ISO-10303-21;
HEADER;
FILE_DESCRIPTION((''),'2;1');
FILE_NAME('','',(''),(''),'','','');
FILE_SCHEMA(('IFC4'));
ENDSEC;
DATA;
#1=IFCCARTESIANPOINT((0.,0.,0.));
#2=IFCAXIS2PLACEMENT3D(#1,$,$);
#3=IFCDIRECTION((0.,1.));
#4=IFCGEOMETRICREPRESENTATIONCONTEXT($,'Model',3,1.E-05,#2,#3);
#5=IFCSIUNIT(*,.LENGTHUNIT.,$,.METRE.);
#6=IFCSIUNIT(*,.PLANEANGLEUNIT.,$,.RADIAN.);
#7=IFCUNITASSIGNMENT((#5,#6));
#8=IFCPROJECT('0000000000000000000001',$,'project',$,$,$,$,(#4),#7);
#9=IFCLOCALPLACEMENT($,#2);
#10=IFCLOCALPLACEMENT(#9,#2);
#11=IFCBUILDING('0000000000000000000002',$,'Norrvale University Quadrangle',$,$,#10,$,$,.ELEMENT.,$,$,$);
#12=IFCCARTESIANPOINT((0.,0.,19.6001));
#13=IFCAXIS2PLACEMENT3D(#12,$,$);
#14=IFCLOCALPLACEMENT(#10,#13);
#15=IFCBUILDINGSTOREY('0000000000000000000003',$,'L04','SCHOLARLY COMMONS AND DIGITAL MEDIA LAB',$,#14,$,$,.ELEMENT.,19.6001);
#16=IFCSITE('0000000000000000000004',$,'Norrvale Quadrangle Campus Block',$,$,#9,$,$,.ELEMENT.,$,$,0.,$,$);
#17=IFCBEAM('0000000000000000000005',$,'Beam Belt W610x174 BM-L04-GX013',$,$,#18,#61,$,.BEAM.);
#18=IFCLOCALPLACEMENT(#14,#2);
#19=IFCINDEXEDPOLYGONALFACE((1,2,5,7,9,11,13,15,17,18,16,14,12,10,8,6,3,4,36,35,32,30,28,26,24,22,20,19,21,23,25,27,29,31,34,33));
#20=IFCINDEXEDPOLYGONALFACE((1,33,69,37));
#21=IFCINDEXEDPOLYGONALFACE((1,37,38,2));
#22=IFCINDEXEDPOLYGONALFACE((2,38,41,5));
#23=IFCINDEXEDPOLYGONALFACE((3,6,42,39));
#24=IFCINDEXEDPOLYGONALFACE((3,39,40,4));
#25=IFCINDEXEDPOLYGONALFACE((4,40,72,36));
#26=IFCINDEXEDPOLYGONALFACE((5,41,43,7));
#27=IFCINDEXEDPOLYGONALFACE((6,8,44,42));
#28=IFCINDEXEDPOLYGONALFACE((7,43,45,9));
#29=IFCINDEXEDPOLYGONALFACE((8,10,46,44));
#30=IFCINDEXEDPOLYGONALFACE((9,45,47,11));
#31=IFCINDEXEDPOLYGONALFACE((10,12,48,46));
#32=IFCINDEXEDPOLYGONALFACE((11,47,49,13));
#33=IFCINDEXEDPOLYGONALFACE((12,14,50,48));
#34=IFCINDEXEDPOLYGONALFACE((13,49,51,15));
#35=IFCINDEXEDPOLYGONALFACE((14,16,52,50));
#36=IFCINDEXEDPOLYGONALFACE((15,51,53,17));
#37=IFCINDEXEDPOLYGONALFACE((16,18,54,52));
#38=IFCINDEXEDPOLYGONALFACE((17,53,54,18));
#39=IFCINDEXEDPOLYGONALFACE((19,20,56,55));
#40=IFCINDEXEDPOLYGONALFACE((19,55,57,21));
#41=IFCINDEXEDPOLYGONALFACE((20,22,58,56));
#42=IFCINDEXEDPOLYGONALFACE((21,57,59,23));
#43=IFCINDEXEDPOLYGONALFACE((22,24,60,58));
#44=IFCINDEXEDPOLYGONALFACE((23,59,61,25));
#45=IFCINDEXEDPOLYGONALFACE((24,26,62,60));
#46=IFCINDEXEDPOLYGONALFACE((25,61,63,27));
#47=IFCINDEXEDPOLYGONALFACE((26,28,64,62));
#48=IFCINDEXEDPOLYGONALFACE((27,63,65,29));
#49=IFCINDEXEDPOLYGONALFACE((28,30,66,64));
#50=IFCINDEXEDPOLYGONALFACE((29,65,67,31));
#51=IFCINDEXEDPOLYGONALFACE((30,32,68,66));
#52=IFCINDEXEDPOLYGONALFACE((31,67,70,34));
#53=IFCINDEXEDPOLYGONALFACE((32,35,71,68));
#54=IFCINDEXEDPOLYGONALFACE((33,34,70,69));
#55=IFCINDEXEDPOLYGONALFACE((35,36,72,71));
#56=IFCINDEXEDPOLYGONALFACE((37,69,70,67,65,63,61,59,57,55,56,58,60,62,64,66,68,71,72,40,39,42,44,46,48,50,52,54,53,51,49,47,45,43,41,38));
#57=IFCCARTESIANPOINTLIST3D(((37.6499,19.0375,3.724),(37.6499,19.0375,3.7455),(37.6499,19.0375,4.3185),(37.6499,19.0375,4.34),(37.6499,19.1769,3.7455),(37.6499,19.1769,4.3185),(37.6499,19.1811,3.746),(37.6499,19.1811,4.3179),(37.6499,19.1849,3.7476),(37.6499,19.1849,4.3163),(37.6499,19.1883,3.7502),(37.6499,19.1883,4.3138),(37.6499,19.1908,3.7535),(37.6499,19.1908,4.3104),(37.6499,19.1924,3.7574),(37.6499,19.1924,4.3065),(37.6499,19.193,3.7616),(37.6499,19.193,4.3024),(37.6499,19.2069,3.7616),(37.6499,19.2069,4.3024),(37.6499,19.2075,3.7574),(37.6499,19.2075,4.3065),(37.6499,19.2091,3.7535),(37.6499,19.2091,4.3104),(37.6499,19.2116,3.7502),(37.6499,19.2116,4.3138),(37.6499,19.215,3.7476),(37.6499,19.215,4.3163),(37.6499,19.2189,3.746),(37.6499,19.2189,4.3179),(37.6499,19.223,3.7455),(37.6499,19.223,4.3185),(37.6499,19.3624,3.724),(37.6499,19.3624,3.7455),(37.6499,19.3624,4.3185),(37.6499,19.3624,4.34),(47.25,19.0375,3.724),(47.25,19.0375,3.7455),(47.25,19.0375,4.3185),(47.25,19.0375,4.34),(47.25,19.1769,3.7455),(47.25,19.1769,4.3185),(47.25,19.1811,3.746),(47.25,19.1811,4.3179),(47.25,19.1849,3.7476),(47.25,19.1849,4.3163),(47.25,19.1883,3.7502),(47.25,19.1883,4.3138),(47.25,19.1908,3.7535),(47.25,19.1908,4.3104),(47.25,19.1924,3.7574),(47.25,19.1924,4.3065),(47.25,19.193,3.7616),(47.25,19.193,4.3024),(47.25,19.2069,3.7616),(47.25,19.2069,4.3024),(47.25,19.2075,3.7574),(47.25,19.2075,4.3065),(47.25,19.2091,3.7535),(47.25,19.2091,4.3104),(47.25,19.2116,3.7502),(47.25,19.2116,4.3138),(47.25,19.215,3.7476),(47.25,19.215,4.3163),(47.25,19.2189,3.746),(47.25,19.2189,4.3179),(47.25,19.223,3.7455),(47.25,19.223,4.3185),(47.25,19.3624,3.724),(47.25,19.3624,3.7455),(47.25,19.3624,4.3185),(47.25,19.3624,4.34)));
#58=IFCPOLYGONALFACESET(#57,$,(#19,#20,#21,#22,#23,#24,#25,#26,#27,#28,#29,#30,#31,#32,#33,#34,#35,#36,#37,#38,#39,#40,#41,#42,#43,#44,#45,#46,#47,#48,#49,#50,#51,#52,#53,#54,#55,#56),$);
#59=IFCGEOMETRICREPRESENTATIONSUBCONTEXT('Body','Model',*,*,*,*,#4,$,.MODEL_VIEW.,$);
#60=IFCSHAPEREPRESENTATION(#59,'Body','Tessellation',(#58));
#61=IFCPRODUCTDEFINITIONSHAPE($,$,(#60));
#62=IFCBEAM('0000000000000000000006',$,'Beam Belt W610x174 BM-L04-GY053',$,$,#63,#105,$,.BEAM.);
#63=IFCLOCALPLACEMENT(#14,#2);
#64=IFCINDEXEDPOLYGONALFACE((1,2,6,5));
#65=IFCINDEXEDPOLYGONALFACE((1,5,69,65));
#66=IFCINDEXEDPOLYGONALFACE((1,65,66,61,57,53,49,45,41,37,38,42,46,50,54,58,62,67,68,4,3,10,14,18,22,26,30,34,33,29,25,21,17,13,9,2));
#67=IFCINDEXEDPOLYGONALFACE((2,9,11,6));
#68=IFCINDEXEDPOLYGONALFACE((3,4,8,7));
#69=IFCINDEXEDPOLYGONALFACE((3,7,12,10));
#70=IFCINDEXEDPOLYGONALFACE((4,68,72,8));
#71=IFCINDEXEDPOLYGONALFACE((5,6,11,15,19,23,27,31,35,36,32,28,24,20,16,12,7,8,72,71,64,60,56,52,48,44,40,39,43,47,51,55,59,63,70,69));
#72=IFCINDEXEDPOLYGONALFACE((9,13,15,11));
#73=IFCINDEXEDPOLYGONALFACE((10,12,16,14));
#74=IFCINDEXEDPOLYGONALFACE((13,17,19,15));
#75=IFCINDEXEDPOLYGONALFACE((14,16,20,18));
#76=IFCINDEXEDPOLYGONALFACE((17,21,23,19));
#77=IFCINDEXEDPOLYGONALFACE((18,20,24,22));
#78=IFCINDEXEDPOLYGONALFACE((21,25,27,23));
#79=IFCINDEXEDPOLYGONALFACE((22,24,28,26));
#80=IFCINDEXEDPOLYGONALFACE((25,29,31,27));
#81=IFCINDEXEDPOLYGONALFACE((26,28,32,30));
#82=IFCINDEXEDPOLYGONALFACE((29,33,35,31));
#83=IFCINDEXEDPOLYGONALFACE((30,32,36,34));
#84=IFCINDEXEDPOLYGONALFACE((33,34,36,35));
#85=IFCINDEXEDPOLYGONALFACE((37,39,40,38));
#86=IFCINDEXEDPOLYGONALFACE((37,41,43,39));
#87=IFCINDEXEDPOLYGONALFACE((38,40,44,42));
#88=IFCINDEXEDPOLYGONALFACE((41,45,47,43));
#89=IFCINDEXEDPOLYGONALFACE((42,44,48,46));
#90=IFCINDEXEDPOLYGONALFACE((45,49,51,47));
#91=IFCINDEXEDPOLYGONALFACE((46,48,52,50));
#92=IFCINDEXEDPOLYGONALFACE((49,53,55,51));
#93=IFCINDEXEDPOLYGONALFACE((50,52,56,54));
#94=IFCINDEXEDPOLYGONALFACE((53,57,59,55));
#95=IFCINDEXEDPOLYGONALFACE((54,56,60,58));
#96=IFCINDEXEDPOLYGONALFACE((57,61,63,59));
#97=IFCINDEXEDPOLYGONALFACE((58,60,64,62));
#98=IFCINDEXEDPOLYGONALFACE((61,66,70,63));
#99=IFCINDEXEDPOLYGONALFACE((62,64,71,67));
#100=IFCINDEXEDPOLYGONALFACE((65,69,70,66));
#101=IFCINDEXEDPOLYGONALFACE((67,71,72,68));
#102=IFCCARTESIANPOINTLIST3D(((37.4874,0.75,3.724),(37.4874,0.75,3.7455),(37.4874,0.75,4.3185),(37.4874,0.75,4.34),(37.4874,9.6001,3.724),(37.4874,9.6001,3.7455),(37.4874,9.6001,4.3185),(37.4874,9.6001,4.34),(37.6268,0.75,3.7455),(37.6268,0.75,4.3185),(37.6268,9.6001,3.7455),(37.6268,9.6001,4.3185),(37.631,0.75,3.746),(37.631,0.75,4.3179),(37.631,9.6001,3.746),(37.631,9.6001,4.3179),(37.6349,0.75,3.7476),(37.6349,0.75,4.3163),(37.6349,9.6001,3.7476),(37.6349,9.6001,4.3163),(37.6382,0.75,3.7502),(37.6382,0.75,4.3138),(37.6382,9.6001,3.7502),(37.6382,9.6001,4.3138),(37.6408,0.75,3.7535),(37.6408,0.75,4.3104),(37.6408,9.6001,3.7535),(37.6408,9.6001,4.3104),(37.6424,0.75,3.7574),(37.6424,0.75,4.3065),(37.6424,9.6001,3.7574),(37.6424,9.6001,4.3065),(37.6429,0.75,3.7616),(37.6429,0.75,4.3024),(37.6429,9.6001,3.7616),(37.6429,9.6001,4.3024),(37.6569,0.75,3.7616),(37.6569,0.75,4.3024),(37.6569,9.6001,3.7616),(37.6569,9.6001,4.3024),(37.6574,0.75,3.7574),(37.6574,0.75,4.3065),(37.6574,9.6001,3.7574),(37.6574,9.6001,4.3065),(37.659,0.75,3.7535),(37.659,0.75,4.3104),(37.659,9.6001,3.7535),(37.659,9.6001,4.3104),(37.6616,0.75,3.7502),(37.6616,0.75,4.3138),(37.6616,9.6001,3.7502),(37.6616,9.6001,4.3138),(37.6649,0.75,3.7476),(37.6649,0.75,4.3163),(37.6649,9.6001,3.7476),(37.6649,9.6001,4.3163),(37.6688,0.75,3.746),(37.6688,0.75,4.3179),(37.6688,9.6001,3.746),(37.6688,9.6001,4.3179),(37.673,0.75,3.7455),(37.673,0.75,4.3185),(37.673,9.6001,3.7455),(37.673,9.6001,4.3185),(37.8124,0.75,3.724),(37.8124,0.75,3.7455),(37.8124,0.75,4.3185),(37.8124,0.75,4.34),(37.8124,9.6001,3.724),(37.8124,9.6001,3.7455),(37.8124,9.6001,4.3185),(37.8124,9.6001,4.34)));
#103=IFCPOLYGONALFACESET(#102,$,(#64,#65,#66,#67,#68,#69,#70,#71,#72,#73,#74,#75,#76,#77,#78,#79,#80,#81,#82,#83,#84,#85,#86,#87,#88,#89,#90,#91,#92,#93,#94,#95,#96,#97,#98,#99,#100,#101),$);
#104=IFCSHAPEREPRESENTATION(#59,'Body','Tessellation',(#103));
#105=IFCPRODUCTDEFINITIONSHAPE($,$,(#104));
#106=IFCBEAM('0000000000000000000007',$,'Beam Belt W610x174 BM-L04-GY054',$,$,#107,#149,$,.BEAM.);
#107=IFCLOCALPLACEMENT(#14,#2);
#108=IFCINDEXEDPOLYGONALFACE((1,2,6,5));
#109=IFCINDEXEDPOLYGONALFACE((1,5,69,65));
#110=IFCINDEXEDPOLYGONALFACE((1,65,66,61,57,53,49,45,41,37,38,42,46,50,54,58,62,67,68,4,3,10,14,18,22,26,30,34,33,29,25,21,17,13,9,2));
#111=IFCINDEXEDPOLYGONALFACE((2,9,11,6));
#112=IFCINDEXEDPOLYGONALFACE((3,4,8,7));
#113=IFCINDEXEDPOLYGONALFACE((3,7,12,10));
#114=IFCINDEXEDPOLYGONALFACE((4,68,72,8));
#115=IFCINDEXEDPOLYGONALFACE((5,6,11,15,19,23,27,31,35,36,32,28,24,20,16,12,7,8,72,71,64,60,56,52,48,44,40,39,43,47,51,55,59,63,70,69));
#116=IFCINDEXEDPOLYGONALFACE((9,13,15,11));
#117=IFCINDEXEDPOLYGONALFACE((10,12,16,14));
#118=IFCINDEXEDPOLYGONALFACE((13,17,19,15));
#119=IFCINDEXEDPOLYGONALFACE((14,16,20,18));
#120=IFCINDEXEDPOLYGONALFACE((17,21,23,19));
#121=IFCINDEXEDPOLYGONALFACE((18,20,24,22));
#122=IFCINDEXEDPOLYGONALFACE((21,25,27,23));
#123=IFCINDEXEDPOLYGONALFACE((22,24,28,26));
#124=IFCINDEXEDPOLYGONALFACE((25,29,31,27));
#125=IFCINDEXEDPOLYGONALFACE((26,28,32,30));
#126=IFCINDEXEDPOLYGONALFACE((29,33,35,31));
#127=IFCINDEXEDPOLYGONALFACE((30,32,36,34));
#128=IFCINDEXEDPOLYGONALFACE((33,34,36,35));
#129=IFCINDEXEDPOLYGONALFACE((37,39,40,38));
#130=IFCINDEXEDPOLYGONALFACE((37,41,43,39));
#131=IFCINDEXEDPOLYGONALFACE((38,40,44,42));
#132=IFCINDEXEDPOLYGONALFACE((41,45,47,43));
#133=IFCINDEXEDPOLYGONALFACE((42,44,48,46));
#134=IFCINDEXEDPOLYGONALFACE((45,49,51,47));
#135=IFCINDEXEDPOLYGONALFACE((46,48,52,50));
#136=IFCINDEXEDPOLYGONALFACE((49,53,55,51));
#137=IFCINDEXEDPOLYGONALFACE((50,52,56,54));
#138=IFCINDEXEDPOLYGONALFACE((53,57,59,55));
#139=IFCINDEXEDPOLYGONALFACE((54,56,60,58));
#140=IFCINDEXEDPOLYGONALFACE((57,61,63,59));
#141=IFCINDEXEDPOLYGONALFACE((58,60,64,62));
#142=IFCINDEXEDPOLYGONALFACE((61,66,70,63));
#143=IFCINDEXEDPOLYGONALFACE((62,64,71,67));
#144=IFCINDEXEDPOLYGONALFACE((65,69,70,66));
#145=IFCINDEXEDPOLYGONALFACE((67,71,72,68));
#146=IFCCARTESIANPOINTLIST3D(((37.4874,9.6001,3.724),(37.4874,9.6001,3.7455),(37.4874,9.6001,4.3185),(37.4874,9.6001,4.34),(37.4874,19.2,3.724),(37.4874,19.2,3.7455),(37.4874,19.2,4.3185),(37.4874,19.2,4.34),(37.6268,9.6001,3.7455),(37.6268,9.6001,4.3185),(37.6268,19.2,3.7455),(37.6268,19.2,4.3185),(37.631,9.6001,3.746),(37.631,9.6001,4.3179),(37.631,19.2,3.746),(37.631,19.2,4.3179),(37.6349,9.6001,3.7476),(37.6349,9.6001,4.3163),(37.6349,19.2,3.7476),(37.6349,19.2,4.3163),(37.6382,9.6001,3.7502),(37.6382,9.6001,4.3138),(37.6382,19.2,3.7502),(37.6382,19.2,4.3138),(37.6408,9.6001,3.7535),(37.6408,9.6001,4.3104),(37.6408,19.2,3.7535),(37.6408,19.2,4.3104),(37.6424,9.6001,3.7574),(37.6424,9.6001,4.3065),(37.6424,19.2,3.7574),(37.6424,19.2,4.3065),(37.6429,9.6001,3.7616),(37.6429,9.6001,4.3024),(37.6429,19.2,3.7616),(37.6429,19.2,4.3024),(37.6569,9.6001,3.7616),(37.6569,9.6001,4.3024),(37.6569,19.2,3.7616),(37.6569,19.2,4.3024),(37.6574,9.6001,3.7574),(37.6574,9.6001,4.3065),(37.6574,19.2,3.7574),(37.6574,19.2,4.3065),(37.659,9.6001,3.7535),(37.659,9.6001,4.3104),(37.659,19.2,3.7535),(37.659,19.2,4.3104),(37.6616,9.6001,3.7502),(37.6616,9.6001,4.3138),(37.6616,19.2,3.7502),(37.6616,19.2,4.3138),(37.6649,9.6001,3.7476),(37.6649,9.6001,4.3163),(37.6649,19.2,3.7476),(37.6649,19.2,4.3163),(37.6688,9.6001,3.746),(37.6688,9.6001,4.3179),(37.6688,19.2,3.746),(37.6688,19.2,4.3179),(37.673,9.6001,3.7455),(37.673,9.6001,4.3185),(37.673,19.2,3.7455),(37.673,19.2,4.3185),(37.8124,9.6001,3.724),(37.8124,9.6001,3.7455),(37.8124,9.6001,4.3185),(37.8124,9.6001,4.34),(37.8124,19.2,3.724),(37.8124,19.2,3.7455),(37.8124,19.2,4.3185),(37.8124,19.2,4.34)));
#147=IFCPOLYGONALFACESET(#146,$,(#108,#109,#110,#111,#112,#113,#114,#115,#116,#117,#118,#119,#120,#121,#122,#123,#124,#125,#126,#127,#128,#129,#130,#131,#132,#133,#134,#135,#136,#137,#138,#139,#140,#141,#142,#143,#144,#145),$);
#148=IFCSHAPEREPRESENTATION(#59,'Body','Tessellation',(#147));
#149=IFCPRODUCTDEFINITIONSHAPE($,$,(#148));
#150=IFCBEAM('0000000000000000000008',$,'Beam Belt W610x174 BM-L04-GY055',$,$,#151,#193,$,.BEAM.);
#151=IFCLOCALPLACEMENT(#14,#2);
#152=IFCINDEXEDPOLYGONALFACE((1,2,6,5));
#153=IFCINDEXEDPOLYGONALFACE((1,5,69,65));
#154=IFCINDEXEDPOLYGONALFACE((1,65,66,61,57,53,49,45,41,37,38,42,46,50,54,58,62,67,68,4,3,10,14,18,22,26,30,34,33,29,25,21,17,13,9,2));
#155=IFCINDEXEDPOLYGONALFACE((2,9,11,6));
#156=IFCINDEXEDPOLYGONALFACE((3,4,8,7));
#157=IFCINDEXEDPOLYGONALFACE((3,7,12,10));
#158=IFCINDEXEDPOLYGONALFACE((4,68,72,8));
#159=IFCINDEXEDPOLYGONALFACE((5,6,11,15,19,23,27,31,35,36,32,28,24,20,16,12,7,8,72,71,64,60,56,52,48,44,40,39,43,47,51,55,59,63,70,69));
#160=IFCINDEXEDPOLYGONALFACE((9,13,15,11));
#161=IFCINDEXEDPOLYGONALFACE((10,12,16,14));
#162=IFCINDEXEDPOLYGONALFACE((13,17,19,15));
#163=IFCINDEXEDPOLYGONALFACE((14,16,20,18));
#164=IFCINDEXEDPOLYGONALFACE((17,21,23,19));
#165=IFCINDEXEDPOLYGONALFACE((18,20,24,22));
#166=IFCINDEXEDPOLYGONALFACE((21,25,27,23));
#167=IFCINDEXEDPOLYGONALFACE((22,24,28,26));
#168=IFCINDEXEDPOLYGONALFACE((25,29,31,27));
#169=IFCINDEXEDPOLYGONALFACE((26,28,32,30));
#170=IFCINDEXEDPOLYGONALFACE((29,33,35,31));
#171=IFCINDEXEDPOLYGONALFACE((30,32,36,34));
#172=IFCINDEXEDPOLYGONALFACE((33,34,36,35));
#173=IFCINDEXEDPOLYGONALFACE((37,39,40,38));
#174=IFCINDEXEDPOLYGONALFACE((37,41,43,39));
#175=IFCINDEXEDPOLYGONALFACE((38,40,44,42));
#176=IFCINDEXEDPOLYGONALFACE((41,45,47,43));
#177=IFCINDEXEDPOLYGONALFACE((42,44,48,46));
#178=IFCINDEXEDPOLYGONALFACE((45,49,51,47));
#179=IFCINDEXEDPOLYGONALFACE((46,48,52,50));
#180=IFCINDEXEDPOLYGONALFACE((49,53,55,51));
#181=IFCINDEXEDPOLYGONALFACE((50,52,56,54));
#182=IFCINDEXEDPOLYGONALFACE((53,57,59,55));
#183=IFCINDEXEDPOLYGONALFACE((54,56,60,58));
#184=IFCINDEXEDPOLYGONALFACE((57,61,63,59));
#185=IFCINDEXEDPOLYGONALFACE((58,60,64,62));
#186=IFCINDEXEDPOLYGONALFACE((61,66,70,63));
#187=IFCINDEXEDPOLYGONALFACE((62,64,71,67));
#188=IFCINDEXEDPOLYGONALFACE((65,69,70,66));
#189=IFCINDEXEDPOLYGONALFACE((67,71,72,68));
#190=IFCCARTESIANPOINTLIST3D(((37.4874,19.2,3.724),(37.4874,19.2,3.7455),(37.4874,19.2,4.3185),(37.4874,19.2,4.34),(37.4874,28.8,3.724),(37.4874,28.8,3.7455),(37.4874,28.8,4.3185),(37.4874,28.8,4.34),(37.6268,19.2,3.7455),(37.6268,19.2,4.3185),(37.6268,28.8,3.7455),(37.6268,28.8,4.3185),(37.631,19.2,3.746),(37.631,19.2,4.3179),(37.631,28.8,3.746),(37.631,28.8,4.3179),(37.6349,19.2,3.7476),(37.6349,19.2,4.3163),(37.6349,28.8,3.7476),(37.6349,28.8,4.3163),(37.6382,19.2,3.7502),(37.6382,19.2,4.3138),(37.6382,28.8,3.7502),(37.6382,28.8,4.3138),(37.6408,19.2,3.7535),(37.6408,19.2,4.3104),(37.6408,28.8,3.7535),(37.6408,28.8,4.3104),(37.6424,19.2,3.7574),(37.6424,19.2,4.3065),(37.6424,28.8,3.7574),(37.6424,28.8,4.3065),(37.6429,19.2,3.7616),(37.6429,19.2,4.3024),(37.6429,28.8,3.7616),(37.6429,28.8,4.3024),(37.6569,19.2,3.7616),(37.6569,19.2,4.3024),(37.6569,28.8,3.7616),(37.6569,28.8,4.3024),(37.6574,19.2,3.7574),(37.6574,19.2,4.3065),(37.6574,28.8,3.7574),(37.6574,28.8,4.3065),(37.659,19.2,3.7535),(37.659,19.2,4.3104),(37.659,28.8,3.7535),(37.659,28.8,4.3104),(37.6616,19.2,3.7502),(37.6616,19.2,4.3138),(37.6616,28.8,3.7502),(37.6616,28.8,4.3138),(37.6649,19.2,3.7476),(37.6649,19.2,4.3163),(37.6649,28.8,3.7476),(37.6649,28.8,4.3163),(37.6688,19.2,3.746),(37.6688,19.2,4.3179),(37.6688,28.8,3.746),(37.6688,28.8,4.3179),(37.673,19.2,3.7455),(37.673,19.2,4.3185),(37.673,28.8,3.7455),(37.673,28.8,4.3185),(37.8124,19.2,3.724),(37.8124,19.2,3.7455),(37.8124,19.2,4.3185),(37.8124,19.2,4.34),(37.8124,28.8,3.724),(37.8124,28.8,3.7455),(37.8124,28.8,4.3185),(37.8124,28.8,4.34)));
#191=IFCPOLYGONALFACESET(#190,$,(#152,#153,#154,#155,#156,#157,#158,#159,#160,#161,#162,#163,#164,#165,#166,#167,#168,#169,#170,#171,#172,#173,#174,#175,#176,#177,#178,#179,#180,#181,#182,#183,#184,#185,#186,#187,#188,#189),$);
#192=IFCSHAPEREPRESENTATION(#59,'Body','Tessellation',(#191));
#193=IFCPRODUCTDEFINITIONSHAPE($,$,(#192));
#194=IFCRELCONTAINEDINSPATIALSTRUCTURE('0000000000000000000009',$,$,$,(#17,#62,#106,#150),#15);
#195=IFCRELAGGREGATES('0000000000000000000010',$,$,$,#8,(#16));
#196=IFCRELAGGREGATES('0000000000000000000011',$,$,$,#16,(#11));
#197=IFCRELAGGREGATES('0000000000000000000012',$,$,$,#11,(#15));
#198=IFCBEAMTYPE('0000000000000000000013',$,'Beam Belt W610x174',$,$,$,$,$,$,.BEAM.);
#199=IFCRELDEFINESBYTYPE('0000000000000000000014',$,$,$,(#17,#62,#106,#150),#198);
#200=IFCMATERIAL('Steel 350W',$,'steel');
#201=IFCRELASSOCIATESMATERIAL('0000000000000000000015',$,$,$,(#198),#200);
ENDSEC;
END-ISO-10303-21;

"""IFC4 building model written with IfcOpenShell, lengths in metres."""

from ifc_helpers import new_model, si_unit, direction, frame, origin, origin_2d, place, context, subcontext, project, spatial, i_section, extrude, material, material_profile, profile_set, type_object, element, save


model = new_model("IFC4")

# Units and contexts
model_context = context("Model", 3, precision=1e-05, world=origin(), true_north=direction((0.0, 1.0)))
body_context = subcontext(model_context, "Body", "Model", "MODEL_VIEW")
ifc_project = project(units=[si_unit("LENGTHUNIT", "METRE"), si_unit("PLANEANGLEUNIT", "RADIAN")], contexts=[model_context])

# Site, building, storey
site_placement = place(None, origin())
site = spatial("IfcSite", under=ifc_project, at=site_placement, Name="Norrvale Quadrangle Campus Block", CompositionType="ELEMENT", RefElevation=0.0)
building_placement = place(site_placement, origin())
building = spatial("IfcBuilding", under=site, at=building_placement, Name="Norrvale University Quadrangle", CompositionType="ELEMENT")
storey_placement = place(building_placement, frame((0.0, 0.0, 19.6001)))
storey = spatial("IfcBuildingStorey", under=building, at=storey_placement, Name="L04", Description="SCHOLARLY COMMONS AND DIGITAL MEDIA LAB", CompositionType="ELEMENT", Elevation=19.6001)

# Beams
ifc_material_1 = material(Name="Steel 350W", Category="steel")
ifc_material_profile_1 = material_profile(ifc_material_1, i_section(OverallWidth=0.325, OverallDepth=0.616, WebThickness=0.0139, FlangeThickness=0.0215, FilletRadius=0.0161, at=origin_2d()), Name="Steel 350W")
ifc_profile_set_1 = profile_set([ifc_material_profile_1], Name="Steel 350W")
beam_type_1 = type_object("IfcBeamType", Name="Beam Belt W610x174", PredefinedType="BEAM", material=ifc_profile_set_1)
for number, where, z_axis, x_axis, name in (
    (1, (37.6499, 19.2, 4.032), (1.0, 0.0, 0.0), (0.0, 1.0, 0.0), "Beam Belt W610x174 BM-L04-GX013"),
):
    element("IfcBeam", number, at=place(storey_placement, frame(where, z_axis=z_axis, x_axis=x_axis)), inside=storey, type_object=beam_type_1, Name=name, PredefinedType="BEAM", context=body_context, shape_type="SweptSolid", body=[
        extrude(i_section(OverallWidth=0.325, OverallDepth=0.616, WebThickness=0.0139, FlangeThickness=0.0215, FilletRadius=0.0161, at=origin_2d()), origin(), (0.0, 0.0, 1.0), 9.6001),
    ])
beam_1_placement = place(storey_placement, frame((37.6499, 0.75, 4.032), z_axis=(0.0, 1.0, 0.0), x_axis=(-1.0, 0.0, 0.0)))
element("IfcBeam", 2, at=beam_1_placement, inside=storey, type_object=beam_type_1, Name="Beam Belt W610x174 BM-L04-GY053", PredefinedType="BEAM", context=body_context, shape_type="SweptSolid", body=[
    extrude(i_section(OverallWidth=0.325, OverallDepth=0.616, WebThickness=0.0139, FlangeThickness=0.0215, FilletRadius=0.0161, at=origin_2d()), origin(), (0.0, 0.0, 1.0), 8.8501),
])
beam_2_placement = place(storey_placement, frame((37.6499, 9.6001, 4.032), z_axis=(0.0, 1.0, 0.0), x_axis=(-1.0, 0.0, 0.0)))
element("IfcBeam", 3, at=beam_2_placement, inside=storey, type_object=beam_type_1, Name="Beam Belt W610x174 BM-L04-GY054", PredefinedType="BEAM", context=body_context, shape_type="SweptSolid", body=[
    extrude(i_section(OverallWidth=0.325, OverallDepth=0.616, WebThickness=0.0139, FlangeThickness=0.0215, FilletRadius=0.0161, at=origin_2d()), origin(), (0.0, 0.0, 1.0), 9.5999),
])
beam_3_placement = place(storey_placement, frame((37.6499, 19.2, 4.032), z_axis=(0.0, 1.0, 0.0), x_axis=(-1.0, 0.0, 0.0)))
element("IfcBeam", 4, at=beam_3_placement, inside=storey, type_object=beam_type_1, Name="Beam Belt W610x174 BM-L04-GY055", PredefinedType="BEAM", context=body_context, shape_type="SweptSolid", body=[
    extrude(i_section(OverallWidth=0.325, OverallDepth=0.616, WebThickness=0.0139, FlangeThickness=0.0215, FilletRadius=0.0161, at=origin_2d()), origin(), (0.0, 0.0, 1.0), 9.6001),
])

save(model, "model.ifc")
